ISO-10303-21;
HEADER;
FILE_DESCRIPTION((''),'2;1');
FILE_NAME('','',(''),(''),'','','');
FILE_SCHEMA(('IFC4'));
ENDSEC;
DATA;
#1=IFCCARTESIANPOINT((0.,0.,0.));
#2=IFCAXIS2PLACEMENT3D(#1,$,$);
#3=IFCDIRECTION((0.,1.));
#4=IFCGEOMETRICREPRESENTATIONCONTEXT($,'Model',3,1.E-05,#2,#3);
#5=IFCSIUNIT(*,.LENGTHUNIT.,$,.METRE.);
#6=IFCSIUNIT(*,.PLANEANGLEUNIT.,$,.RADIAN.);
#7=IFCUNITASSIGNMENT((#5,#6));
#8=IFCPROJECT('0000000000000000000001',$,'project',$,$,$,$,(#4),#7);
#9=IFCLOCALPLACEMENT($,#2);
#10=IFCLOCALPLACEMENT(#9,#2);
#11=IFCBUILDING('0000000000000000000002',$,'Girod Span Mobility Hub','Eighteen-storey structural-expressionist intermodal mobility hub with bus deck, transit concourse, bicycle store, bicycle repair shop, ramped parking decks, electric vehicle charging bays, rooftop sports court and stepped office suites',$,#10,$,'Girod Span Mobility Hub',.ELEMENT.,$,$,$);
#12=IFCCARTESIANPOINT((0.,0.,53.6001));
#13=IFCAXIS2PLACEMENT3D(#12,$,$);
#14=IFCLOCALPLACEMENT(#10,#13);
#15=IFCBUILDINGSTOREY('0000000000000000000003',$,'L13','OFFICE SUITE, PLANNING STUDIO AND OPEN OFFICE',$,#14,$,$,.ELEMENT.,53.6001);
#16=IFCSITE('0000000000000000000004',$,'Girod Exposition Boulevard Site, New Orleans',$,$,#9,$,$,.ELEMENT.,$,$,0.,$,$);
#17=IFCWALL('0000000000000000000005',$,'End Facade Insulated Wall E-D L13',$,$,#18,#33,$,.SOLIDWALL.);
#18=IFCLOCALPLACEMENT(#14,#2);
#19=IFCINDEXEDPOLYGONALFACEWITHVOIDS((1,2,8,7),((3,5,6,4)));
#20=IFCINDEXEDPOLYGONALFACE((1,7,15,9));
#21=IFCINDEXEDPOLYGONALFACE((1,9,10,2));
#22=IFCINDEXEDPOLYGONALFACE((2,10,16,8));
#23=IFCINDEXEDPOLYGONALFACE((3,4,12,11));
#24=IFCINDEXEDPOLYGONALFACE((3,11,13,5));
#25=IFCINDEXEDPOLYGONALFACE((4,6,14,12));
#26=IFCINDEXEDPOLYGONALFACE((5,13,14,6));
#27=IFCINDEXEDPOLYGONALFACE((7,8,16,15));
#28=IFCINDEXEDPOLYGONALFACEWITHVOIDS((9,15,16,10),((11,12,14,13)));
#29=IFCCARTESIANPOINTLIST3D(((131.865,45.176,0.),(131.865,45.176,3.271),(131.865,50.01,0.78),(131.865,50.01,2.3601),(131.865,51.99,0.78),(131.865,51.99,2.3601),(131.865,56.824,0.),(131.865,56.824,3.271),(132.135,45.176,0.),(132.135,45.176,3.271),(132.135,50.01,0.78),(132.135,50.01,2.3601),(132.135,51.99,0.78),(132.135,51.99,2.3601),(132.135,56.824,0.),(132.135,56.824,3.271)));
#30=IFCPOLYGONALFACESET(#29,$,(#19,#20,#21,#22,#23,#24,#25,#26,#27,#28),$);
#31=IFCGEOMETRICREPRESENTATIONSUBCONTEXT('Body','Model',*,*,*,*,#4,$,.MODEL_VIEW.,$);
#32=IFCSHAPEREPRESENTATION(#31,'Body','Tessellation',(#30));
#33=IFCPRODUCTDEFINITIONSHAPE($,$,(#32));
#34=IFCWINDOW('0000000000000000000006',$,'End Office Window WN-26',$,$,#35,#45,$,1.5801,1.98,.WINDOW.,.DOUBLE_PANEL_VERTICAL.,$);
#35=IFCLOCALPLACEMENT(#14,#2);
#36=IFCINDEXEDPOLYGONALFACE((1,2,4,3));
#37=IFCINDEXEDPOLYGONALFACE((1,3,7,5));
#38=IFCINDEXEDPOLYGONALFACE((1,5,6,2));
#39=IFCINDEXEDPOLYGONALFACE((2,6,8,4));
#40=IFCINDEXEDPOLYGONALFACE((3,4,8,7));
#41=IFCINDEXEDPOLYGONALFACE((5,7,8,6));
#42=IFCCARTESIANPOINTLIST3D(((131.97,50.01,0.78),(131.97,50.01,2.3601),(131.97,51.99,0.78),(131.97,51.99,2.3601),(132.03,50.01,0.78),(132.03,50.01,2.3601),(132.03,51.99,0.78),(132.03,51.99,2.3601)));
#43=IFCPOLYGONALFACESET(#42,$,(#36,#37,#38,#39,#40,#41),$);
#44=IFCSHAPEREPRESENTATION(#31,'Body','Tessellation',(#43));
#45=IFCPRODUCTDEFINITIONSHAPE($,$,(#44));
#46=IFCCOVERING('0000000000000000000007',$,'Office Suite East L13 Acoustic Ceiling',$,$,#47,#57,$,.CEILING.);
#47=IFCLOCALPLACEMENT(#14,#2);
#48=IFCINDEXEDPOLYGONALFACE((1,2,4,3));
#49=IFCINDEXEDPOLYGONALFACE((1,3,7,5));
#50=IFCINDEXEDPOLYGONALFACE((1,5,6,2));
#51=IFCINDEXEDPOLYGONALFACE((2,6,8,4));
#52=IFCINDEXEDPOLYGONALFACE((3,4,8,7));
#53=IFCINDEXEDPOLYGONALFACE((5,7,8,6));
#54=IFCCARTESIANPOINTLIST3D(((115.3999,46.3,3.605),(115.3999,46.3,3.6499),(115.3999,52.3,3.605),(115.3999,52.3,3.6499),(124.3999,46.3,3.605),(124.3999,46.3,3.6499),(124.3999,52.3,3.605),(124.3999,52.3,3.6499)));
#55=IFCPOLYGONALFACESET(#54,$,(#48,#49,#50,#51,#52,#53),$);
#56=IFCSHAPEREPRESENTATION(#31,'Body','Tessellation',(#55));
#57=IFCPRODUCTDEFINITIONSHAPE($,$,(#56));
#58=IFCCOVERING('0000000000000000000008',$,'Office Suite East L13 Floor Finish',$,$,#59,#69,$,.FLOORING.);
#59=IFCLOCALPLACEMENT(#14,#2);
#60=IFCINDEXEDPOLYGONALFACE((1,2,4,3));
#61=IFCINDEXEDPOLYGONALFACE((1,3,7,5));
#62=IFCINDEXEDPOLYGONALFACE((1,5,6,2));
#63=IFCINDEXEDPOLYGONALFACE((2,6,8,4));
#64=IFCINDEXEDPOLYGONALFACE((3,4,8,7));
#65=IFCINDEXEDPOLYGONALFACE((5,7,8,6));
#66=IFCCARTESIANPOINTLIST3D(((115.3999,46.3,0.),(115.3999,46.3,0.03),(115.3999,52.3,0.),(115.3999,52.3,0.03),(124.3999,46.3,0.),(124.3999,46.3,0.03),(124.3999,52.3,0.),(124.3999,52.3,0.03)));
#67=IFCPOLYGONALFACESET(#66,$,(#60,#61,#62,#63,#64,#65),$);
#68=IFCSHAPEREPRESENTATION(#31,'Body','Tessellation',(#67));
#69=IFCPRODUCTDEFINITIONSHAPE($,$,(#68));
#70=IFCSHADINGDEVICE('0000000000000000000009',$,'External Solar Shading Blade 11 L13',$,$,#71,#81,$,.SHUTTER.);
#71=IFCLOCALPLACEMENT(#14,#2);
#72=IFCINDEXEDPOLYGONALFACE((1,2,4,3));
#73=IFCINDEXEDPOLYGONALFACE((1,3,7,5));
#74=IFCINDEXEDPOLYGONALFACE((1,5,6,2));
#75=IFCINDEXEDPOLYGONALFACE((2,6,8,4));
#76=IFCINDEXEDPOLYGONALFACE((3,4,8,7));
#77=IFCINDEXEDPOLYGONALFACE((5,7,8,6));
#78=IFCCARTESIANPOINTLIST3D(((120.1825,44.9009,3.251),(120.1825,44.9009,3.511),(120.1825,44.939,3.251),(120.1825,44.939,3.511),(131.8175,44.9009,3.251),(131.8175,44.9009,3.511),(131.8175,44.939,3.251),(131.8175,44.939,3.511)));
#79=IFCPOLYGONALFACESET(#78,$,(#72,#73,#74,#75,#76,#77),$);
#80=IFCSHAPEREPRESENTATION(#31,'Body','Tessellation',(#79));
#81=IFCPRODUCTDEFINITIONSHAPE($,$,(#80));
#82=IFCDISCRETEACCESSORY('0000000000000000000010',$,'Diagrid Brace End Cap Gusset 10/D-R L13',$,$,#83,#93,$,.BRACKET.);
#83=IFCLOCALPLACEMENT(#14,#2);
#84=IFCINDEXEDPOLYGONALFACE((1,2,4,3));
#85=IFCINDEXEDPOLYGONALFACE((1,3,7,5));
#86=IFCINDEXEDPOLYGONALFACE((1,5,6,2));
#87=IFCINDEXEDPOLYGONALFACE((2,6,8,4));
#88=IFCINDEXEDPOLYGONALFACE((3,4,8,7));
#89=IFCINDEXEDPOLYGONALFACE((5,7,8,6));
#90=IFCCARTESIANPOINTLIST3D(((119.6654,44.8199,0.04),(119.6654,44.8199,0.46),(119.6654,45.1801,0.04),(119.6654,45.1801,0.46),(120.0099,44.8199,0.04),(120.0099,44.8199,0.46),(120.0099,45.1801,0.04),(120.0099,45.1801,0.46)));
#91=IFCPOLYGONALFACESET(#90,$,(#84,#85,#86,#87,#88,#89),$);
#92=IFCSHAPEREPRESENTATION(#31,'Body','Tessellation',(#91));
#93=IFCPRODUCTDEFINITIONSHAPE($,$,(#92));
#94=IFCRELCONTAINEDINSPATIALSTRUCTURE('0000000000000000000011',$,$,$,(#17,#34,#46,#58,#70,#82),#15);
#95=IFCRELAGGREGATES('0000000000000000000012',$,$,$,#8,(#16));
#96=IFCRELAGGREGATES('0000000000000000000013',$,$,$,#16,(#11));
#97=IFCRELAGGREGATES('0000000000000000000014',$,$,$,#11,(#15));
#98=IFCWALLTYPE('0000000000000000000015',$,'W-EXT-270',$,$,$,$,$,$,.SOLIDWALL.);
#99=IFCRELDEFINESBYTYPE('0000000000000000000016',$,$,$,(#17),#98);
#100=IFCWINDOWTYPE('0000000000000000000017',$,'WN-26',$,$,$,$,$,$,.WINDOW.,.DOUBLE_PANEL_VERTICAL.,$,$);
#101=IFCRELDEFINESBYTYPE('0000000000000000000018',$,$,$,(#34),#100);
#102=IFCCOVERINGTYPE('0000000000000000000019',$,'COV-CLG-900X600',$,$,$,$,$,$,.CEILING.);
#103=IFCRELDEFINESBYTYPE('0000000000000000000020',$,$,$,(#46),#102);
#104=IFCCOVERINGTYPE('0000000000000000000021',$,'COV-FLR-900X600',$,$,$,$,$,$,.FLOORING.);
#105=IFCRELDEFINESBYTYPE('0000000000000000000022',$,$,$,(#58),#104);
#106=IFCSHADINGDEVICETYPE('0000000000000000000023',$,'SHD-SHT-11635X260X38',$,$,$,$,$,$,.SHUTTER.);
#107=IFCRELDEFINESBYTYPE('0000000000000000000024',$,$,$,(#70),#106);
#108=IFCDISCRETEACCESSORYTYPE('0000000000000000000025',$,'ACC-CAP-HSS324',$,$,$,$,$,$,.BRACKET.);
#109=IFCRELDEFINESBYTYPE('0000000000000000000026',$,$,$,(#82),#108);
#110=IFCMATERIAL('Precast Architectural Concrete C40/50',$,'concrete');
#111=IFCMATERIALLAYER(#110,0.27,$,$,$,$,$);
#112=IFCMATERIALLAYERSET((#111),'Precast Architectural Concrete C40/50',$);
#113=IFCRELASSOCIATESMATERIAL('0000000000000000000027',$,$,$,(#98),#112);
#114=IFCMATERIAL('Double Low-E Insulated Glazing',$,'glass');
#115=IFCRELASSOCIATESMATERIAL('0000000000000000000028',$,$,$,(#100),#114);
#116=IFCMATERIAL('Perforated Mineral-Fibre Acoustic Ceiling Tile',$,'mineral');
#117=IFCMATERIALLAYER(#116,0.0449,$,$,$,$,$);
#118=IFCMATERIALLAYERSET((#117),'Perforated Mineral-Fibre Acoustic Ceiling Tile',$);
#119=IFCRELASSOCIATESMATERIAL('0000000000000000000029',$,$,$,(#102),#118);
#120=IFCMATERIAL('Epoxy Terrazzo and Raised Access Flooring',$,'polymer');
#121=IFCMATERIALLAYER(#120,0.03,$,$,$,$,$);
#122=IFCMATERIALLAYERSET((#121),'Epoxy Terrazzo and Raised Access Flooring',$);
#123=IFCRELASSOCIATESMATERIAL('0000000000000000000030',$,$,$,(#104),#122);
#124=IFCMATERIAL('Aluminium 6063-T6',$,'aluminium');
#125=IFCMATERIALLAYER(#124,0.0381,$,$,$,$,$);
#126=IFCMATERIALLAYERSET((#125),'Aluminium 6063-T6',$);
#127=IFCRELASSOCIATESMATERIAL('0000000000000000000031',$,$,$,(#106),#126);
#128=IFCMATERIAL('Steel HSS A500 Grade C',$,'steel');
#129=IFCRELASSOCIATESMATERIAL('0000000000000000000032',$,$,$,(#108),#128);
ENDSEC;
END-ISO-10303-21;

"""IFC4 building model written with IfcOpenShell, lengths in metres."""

from ifc_helpers import new_model, si_unit, direction, frame, frame_2d, origin, origin_2d, place, context, subcontext, project, spatial, rectangle, extrude, material, layer, layer_set, type_object, element, fill, save


model = new_model("IFC4")

# Units and contexts
model_context = context("Model", 3, precision=1e-05, world=origin(), true_north=direction((0.0, 1.0)))
body_context = subcontext(model_context, "Body", "Model", "MODEL_VIEW")
ifc_project = project(units=[si_unit("LENGTHUNIT", "METRE"), si_unit("PLANEANGLEUNIT", "RADIAN")], contexts=[model_context])

# Site, building, storey
site_placement = place(None, origin())
site = spatial("IfcSite", under=ifc_project, at=site_placement, Name="Girod Exposition Boulevard Site, New Orleans", CompositionType="ELEMENT", RefElevation=0.0)
building_placement = place(site_placement, origin())
building = spatial("IfcBuilding", under=site, at=building_placement, Name="Girod Span Mobility Hub", Description="Eighteen-storey structural-expressionist intermodal mobility hub with bus deck, transit concourse, bicycle store, bicycle repair shop, ramped parking decks, electric vehicle charging bays, rooftop sports court and stepped office suites", LongName="Girod Span Mobility Hub", CompositionType="ELEMENT")
storey_placement = place(building_placement, frame((0.0, 0.0, 53.6001)))
storey = spatial("IfcBuildingStorey", under=building, at=storey_placement, Name="L13", Description="OFFICE SUITE, PLANNING STUDIO AND OPEN OFFICE", CompositionType="ELEMENT", Elevation=53.6001)

# Shared definitions
ifc_material_1 = material(Name="Precast Architectural Concrete C40/50", Category="concrete")
ifc_layer_1 = layer(ifc_material_1, 0.27)
ifc_layer_set_1 = layer_set([ifc_layer_1], Name="Precast Architectural Concrete C40/50")
wall_type = type_object("IfcWallType", Name="W-EXT-270", PredefinedType="SOLIDWALL", material=ifc_layer_set_1)

# Wall, opening, window
wall_1_placement = place(storey_placement, frame((132.0, 45.176, 0.0), z_axis=(0.0, 0.0, 1.0), x_axis=(0.0, 1.0, 0.0)))
wall_1 = element("IfcWall", 1, at=wall_1_placement, inside=storey, type_object=wall_type, Name="End Facade Insulated Wall E-D L13", PredefinedType="SOLIDWALL", context=body_context, shape_type="SweptSolid", body=[
    extrude(rectangle(XDim=11.6479, YDim=0.27, at=frame_2d((5.824, 0.0))), origin(), (0.0, 0.0, 1.0), 3.271),
])
opening_1_placement = place(wall_1_placement, frame((4.834, 0.0, 0.78)))
opening_1 = element("IfcOpeningElement", 2, at=opening_1_placement, cuts=wall_1, PredefinedType="OPENING", context=body_context, shape_type="SweptSolid", body=[
    extrude(rectangle(XDim=1.98, YDim=1.5801, at=frame_2d((0.99, 0.79))), frame((0.0, 0.1499, 0.0), z_axis=(0.0, -1.0, 0.0), x_axis=(1.0, 0.0, 0.0)), (0.0, 0.0, 1.0), 0.3),
])
ifc_material_2 = material(Name="Double Low-E Insulated Glazing", Category="glass")
window_type_1 = type_object("IfcWindowType", Name="WN-26", PartitioningType="DOUBLE_PANEL_VERTICAL", PredefinedType="WINDOW", material=ifc_material_2)
window_1_placement = place(opening_1_placement, origin())
window_1 = element("IfcWindow", 3, at=window_1_placement, inside=storey, type_object=window_type_1, Name="End Office Window WN-26", OverallHeight=1.5801, OverallWidth=1.98, PartitioningType="DOUBLE_PANEL_VERTICAL", PredefinedType="WINDOW", context=body_context, shape_type="SweptSolid", body=[
    extrude(rectangle(XDim=1.98, YDim=1.5801, at=frame_2d((0.99, 0.79))), frame((0.0, 0.03, 0.0), z_axis=(0.0, -1.0, 0.0), x_axis=(1.0, 0.0, 0.0)), (0.0, 0.0, 1.0), 0.0601),
])
fill(opening_1, window_1)

# Coverings
ifc_material_3 = material(Name="Perforated Mineral-Fibre Acoustic Ceiling Tile", Category="mineral")
ifc_layer_2 = layer(ifc_material_3, 0.0449)
ifc_layer_set_2 = layer_set([ifc_layer_2], Name="Perforated Mineral-Fibre Acoustic Ceiling Tile")
covering_type_1 = type_object("IfcCoveringType", Name="COV-CLG-900X600", PredefinedType="CEILING", material=ifc_layer_set_2)
covering_1_placement = place(storey_placement, frame((119.8999, 49.3, 3.605), z_axis=(0.0, 0.0, 1.0), x_axis=(1.0, 0.0, 0.0)))
element("IfcCovering", 4, at=covering_1_placement, inside=storey, type_object=covering_type_1, Name="Office Suite East L13 Acoustic Ceiling", PredefinedType="CEILING", context=body_context, shape_type="SweptSolid", body=[
    extrude(rectangle(XDim=9.0, YDim=6.0, at=origin_2d()), origin(), (0.0, 0.0, 1.0), 0.0449),
])
ifc_material_4 = material(Name="Epoxy Terrazzo and Raised Access Flooring", Category="polymer")
ifc_layer_3 = layer(ifc_material_4, 0.03)
ifc_layer_set_3 = layer_set([ifc_layer_3], Name="Epoxy Terrazzo and Raised Access Flooring")
covering_type_2 = type_object("IfcCoveringType", Name="COV-FLR-900X600", PredefinedType="FLOORING", material=ifc_layer_set_3)
covering_2_placement = place(storey_placement, frame((119.8999, 49.3, 0.0), z_axis=(0.0, 0.0, 1.0), x_axis=(1.0, 0.0, 0.0)))
element("IfcCovering", 5, at=covering_2_placement, inside=storey, type_object=covering_type_2, Name="Office Suite East L13 Floor Finish", PredefinedType="FLOORING", context=body_context, shape_type="SweptSolid", body=[
    extrude(rectangle(XDim=9.0, YDim=6.0, at=origin_2d()), origin(), (0.0, 0.0, 1.0), 0.03),
])

# Shading device
ifc_material_5 = material(Name="Aluminium 6063-T6", Category="aluminium")
ifc_layer_4 = layer(ifc_material_5, 0.0381)
ifc_layer_set_4 = layer_set([ifc_layer_4], Name="Aluminium 6063-T6")
shading_device_type = type_object("IfcShadingDeviceType", Name="SHD-SHT-11635X260X38", PredefinedType="SHUTTER", material=ifc_layer_set_4)
shading_device_placement = place(storey_placement, frame((126.0, 44.9199, 3.251), z_axis=(0.0, 0.0, 1.0), x_axis=(1.0, 0.0, 0.0)))
element("IfcShadingDevice", 6, at=shading_device_placement, inside=storey, type_object=shading_device_type, Name="External Solar Shading Blade 11 L13", PredefinedType="SHUTTER", context=body_context, shape_type="SweptSolid", body=[
    extrude(rectangle(XDim=11.635, YDim=0.0381, at=origin_2d()), origin(), (0.0, 0.0, 1.0), 0.26),
])

# Discrete accessory
ifc_material_6 = material(Name="Steel HSS A500 Grade C", Category="steel")
discrete_accessory_type = type_object("IfcDiscreteAccessoryType", Name="ACC-CAP-HSS324", PredefinedType="BRACKET", material=ifc_material_6)
discrete_accessory_placement = place(storey_placement, frame((119.8376, 45.0, 0.04), z_axis=(0.0, 0.0, 1.0), x_axis=(1.0, 0.0, 0.0)))
element("IfcDiscreteAccessory", 7, at=discrete_accessory_placement, inside=storey, type_object=discrete_accessory_type, Name="Diagrid Brace End Cap Gusset 10/D-R L13", PredefinedType="BRACKET", context=body_context, shape_type="SweptSolid", body=[
    extrude(rectangle(XDim=0.3445, YDim=0.3601, at=origin_2d()), origin(), (0.0, 0.0, 1.0), 0.4199),
])

save(model, "model.ifc")
